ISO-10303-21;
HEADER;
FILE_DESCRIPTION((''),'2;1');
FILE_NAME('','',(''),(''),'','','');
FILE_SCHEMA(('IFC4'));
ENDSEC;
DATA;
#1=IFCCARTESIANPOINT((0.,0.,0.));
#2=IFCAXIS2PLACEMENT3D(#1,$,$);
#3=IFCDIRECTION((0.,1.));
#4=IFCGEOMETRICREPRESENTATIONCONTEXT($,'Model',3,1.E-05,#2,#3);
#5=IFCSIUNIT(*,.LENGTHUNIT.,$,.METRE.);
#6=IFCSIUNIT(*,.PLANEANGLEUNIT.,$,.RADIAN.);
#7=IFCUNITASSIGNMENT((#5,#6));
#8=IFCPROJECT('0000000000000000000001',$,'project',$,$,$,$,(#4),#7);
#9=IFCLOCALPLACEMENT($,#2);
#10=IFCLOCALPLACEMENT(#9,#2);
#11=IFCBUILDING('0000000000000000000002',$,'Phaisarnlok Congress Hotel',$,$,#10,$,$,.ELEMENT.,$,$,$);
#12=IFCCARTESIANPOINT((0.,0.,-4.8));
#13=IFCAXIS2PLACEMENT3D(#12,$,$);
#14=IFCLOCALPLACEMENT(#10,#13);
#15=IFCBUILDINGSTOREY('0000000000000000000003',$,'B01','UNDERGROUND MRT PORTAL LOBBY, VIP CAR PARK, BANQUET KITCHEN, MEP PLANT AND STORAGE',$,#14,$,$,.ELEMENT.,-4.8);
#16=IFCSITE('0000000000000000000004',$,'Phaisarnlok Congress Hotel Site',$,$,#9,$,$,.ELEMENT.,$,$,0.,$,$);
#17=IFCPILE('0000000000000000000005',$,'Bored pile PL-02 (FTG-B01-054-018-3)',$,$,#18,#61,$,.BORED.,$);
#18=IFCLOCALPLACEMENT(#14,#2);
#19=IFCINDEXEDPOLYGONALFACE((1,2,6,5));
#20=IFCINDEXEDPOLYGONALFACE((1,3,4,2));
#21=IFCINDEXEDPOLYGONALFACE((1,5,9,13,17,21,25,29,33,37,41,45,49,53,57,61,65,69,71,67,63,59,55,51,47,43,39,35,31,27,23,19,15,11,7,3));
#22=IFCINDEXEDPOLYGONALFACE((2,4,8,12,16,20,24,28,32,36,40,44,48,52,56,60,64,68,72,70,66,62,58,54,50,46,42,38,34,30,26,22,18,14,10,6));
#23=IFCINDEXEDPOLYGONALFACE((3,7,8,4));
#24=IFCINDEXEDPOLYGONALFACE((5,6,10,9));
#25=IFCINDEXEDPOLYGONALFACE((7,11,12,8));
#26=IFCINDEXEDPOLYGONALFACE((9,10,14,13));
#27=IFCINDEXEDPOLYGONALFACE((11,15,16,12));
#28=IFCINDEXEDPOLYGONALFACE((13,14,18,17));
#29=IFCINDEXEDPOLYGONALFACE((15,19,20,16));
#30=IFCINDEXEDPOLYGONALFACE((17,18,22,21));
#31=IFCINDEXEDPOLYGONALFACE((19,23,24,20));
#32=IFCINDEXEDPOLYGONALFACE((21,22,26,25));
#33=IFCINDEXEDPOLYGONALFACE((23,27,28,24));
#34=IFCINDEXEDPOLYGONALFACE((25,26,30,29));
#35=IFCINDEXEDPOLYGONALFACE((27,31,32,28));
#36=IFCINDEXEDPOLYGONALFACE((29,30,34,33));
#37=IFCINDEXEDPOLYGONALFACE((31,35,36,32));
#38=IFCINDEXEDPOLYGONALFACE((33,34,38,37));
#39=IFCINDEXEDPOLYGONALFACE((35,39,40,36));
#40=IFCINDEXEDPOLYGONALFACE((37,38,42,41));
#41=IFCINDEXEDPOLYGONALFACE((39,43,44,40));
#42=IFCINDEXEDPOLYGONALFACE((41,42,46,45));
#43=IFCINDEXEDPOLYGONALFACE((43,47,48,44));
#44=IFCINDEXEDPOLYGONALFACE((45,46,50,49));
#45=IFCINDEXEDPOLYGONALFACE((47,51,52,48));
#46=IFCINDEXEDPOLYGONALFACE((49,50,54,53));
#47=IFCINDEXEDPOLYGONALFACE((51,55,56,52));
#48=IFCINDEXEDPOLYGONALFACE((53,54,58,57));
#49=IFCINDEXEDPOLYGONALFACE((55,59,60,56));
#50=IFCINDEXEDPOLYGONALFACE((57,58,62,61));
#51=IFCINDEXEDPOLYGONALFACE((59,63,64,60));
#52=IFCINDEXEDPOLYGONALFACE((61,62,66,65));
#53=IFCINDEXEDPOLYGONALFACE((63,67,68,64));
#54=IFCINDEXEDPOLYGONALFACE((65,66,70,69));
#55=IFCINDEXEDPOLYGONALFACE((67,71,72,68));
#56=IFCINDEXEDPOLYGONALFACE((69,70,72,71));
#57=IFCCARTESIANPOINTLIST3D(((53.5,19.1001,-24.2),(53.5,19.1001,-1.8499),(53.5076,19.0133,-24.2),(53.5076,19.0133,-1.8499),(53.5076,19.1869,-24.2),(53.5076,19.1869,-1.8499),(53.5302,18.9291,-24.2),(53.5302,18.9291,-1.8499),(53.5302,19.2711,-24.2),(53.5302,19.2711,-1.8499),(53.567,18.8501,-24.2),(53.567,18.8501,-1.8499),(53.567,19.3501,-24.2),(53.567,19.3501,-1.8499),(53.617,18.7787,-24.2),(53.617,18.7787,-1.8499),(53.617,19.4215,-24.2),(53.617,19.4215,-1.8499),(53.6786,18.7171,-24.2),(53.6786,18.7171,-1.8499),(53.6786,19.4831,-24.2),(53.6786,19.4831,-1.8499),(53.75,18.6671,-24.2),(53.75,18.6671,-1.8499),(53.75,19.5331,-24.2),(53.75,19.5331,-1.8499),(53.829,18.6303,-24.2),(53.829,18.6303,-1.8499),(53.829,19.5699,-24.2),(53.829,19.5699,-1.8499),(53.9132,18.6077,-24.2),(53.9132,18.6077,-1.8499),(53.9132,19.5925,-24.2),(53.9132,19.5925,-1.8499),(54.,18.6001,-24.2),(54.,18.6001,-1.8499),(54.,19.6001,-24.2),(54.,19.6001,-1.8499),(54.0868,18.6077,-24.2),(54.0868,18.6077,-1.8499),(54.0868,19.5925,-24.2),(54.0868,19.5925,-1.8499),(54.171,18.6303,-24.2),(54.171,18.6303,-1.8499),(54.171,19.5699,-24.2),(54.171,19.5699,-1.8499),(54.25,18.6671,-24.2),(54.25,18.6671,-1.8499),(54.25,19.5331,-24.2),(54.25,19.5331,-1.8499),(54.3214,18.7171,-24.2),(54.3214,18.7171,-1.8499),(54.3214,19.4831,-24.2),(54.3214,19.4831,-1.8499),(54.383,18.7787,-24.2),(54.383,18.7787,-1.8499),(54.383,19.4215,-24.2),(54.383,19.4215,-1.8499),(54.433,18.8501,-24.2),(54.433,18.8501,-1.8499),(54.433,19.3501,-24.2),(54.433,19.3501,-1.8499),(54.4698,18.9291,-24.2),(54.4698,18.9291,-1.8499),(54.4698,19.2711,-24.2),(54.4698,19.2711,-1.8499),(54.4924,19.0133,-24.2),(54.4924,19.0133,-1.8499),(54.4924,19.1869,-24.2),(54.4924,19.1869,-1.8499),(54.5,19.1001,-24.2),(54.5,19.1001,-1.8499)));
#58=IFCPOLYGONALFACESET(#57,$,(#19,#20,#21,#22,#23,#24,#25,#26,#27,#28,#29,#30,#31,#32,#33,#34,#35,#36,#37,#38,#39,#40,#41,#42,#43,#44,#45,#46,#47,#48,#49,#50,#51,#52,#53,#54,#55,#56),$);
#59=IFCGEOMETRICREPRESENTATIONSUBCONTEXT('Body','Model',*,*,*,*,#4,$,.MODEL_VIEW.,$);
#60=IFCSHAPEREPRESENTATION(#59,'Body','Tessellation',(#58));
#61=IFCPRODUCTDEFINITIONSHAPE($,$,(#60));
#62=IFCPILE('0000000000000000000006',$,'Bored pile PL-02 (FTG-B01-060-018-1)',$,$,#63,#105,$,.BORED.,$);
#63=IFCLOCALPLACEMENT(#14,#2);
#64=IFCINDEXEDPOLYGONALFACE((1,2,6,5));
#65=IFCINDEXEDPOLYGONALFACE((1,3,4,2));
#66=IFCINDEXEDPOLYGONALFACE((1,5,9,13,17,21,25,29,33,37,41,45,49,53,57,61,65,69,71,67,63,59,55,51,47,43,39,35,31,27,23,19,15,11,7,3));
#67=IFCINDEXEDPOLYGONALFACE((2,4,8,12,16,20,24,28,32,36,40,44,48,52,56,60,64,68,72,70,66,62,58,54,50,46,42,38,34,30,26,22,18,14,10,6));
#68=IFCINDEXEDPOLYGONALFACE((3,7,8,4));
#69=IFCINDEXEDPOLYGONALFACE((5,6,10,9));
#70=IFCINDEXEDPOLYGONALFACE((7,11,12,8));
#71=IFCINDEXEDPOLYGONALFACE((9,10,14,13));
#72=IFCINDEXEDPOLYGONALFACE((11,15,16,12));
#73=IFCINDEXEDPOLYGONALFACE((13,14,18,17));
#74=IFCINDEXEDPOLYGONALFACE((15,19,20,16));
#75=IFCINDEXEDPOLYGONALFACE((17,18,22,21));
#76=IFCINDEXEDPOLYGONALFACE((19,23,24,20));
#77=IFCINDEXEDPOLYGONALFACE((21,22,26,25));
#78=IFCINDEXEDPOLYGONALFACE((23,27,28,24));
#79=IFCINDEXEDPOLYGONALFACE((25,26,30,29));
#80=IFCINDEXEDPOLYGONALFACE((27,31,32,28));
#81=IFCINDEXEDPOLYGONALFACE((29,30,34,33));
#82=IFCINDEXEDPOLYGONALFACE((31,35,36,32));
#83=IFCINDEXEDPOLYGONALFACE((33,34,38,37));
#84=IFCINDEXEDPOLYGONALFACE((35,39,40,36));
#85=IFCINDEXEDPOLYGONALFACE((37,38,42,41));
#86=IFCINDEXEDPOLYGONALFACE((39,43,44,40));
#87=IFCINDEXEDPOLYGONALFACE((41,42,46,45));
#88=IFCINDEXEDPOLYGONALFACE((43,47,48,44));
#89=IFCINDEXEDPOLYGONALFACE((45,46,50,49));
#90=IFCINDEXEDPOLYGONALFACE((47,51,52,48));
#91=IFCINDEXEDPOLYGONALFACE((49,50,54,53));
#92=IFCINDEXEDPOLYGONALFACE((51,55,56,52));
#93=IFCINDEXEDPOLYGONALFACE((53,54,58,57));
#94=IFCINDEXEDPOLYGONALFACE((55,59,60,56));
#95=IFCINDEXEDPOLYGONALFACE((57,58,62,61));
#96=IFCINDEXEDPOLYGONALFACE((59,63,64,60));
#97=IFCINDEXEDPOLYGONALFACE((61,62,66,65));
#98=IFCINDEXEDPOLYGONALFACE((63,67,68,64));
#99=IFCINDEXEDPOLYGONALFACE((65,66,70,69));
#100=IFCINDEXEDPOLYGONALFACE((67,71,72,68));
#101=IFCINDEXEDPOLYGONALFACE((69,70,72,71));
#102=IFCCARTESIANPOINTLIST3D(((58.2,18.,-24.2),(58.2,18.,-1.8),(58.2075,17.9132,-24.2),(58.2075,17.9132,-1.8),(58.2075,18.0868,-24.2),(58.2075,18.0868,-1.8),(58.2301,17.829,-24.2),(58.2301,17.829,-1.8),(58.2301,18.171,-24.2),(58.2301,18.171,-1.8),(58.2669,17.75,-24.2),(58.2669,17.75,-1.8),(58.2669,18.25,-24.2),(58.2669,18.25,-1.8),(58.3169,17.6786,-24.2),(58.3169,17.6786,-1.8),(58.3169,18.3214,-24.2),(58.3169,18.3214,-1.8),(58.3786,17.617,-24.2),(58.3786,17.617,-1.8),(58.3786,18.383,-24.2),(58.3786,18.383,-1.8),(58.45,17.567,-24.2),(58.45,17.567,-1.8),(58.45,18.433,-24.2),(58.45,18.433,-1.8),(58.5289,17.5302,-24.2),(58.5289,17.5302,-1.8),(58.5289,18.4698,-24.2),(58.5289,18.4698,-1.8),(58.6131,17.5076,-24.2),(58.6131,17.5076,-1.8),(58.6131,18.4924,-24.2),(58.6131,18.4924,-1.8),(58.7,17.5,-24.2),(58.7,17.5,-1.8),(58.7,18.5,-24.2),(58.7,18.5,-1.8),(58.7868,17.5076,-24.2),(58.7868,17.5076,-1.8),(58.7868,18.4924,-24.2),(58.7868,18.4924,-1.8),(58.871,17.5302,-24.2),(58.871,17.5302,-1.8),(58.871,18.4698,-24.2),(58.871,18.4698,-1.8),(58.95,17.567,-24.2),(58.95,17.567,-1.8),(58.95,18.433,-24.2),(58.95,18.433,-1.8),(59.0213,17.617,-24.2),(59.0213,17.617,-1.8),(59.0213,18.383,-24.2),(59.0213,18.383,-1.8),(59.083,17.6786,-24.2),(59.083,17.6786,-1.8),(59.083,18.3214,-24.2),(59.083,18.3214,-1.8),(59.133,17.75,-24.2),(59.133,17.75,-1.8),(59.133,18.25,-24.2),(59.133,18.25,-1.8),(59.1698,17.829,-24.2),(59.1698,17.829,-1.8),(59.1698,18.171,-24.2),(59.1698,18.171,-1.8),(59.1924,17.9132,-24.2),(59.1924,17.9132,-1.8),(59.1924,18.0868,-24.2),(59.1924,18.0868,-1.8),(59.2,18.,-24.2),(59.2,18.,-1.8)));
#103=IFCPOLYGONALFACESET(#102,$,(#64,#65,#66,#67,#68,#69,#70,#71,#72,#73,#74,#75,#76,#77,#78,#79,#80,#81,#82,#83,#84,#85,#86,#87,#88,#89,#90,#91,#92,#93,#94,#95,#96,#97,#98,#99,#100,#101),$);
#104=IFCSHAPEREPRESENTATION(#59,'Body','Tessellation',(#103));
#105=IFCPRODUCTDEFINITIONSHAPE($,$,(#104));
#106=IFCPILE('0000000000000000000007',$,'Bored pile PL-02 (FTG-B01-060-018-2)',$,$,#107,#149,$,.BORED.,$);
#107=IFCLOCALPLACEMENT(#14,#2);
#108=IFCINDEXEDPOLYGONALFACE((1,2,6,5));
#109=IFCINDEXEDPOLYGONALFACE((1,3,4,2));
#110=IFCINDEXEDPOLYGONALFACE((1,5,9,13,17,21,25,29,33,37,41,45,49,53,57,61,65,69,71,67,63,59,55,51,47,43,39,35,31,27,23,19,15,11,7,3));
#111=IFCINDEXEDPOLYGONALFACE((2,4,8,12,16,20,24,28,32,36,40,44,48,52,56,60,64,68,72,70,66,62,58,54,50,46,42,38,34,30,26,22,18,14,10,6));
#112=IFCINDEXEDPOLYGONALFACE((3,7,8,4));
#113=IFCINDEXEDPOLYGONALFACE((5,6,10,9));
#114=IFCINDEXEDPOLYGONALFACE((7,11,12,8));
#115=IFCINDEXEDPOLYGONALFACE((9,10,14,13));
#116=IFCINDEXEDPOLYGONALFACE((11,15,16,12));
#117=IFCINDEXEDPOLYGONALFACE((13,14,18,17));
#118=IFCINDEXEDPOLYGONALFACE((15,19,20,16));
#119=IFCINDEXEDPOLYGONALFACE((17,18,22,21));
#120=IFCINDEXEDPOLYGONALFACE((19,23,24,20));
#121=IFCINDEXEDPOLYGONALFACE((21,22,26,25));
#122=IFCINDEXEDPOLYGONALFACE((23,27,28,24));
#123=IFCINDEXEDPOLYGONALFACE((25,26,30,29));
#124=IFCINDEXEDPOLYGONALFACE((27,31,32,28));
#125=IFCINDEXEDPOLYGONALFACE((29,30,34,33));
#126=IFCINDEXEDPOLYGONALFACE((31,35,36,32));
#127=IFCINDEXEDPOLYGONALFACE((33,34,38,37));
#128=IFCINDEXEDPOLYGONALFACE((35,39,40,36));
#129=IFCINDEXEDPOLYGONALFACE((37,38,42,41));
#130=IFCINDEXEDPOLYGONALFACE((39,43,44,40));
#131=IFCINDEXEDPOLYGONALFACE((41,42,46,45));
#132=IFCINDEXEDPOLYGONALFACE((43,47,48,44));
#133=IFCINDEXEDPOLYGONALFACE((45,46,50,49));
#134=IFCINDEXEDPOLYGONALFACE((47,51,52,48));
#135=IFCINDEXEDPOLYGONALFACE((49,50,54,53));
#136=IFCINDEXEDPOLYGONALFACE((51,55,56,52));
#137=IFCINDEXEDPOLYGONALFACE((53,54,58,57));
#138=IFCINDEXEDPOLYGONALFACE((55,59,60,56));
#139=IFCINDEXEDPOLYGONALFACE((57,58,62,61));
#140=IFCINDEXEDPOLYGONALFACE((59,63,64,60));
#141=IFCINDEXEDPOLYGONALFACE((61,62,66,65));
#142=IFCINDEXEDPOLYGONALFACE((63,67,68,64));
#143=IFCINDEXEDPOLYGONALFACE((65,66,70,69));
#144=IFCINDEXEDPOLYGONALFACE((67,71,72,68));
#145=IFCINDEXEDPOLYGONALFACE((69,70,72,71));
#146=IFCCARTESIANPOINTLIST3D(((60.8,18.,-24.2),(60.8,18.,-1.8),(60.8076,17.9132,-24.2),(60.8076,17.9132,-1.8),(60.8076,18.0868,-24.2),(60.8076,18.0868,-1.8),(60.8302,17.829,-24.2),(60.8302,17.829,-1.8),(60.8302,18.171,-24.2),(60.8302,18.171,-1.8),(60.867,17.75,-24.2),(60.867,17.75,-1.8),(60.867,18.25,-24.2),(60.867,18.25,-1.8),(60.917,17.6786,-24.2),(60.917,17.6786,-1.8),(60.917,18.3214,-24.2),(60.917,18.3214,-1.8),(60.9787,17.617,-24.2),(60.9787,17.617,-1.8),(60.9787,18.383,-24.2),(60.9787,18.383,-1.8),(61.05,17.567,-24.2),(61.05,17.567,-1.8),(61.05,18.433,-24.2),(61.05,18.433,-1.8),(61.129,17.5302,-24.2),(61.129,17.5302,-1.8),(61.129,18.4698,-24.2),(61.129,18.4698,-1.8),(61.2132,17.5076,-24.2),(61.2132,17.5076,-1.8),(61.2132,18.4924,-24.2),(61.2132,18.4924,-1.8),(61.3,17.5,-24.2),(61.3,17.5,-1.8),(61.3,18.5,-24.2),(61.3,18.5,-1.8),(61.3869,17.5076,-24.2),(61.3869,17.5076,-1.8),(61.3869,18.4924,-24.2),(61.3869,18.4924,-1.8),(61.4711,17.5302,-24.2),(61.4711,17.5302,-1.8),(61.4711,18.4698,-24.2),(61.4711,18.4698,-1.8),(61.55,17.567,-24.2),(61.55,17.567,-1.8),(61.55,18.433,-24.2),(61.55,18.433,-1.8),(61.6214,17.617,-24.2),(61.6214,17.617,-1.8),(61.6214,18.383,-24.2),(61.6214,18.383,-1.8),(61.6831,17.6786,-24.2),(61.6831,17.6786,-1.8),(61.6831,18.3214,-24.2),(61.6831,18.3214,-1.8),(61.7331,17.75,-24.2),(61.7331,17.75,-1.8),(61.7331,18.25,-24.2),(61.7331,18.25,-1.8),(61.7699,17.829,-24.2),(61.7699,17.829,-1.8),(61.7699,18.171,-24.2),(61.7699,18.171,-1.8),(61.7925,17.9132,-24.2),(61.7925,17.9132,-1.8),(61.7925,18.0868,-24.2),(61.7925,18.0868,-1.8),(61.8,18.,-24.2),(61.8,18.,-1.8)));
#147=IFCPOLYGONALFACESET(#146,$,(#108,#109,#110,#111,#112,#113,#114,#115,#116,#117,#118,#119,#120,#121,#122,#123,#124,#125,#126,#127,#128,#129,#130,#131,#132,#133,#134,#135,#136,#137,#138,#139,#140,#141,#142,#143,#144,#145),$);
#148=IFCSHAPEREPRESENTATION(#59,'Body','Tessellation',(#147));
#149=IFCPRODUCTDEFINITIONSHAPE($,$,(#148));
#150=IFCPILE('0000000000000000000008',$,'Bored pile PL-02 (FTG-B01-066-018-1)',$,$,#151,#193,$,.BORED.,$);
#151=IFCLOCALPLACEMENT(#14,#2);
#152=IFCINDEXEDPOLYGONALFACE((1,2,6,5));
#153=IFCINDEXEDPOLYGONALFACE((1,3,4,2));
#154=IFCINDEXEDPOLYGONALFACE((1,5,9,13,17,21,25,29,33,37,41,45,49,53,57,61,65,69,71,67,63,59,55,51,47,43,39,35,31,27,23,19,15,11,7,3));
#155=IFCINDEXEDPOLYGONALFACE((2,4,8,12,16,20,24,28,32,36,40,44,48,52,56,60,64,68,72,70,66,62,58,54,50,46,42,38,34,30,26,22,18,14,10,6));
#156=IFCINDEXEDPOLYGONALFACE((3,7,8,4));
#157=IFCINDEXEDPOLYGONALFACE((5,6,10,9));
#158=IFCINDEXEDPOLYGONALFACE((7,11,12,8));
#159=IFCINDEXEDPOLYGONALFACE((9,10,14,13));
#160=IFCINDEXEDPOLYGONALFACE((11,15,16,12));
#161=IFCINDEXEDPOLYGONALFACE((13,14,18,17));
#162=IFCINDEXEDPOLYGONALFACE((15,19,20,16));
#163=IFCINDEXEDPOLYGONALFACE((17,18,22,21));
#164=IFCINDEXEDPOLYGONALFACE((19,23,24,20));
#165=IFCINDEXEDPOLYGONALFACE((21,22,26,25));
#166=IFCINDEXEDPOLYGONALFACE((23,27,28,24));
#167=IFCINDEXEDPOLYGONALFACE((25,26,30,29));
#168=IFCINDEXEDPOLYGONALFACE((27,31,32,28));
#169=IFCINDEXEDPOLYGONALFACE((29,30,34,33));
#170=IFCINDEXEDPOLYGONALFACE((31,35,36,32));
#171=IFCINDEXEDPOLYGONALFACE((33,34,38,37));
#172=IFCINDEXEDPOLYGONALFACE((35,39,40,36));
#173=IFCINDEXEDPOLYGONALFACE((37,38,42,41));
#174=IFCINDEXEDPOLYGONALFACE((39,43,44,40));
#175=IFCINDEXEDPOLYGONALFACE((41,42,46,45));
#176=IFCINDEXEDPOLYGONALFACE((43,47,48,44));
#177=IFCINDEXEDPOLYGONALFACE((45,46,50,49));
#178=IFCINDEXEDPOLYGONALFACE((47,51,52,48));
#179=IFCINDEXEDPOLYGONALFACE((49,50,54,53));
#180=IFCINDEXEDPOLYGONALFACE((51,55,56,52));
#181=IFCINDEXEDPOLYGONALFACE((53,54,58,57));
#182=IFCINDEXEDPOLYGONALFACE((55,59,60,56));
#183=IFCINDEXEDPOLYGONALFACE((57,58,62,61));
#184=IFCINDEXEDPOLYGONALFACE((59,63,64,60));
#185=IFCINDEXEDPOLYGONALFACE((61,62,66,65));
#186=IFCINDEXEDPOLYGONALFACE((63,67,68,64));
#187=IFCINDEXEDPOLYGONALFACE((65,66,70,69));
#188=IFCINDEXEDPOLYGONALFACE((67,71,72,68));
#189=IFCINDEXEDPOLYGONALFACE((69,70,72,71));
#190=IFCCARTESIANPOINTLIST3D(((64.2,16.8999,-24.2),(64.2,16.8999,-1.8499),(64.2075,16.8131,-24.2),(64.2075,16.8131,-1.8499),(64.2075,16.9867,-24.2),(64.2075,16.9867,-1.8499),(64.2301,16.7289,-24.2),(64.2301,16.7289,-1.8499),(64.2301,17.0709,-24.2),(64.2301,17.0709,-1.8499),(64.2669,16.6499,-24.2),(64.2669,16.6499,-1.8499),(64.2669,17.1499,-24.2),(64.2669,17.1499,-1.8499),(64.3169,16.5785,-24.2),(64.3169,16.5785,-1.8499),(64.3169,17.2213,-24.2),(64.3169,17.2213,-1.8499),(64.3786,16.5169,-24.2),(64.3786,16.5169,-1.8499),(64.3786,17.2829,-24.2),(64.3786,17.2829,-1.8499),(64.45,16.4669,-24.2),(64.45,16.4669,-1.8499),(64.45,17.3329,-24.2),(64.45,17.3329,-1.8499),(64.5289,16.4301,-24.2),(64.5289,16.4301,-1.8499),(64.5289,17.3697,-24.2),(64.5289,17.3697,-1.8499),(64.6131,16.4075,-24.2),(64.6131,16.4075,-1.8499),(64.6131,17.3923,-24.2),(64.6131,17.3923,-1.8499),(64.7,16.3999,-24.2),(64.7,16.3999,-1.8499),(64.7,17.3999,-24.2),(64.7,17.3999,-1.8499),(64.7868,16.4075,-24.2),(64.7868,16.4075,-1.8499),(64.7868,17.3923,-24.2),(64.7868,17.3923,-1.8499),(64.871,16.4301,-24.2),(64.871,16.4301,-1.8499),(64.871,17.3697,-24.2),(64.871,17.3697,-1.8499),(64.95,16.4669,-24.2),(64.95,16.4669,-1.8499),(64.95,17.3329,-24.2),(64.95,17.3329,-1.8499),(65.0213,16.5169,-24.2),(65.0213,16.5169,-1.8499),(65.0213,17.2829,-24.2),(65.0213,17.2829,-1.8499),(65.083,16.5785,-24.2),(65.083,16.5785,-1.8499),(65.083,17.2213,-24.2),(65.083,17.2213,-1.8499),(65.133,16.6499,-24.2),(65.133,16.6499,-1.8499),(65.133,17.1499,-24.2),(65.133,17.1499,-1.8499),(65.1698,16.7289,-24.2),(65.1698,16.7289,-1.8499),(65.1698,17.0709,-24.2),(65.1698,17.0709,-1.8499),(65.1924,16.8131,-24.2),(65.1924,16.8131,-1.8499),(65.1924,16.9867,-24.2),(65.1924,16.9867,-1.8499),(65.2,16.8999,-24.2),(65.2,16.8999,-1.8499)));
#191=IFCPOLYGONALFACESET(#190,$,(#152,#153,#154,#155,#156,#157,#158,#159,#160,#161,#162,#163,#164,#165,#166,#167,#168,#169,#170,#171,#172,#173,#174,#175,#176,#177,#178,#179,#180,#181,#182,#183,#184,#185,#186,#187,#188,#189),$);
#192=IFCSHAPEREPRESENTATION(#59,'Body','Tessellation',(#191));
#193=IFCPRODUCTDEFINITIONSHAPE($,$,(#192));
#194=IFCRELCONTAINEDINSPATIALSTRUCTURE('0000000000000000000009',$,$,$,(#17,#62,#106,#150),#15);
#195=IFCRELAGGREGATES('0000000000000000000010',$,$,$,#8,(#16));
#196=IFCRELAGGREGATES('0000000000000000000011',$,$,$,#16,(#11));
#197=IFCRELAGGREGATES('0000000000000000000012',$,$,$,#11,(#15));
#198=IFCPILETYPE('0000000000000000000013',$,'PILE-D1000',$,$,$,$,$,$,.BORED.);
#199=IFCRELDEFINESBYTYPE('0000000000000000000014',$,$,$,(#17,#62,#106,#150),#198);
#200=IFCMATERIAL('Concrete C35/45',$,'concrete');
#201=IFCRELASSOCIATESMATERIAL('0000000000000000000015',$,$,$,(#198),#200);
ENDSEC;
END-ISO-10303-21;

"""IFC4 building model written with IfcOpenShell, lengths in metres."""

from ifc_helpers import new_model, si_unit, direction, frame, origin, origin_2d, place, context, subcontext, project, spatial, circle, extrude, material, material_profile, profile_set, type_object, element, save


model = new_model("IFC4")

# Units and contexts
model_context = context("Model", 3, precision=1e-05, world=origin(), true_north=direction((0.0, 1.0)))
body_context = subcontext(model_context, "Body", "Model", "MODEL_VIEW")
ifc_project = project(units=[si_unit("LENGTHUNIT", "METRE"), si_unit("PLANEANGLEUNIT", "RADIAN")], contexts=[model_context])

# Site, building, storey
site_placement = place(None, origin())
site = spatial("IfcSite", under=ifc_project, at=site_placement, Name="Phaisarnlok Congress Hotel Site", CompositionType="ELEMENT", RefElevation=0.0)
building_placement = place(site_placement, origin())
building = spatial("IfcBuilding", under=site, at=building_placement, Name="Phaisarnlok Congress Hotel", CompositionType="ELEMENT")
storey_placement = place(building_placement, frame((0.0, 0.0, -4.8)))
storey = spatial("IfcBuildingStorey", under=building, at=storey_placement, Name="B01", Description="UNDERGROUND MRT PORTAL LOBBY, VIP CAR PARK, BANQUET KITCHEN, MEP PLANT AND STORAGE", CompositionType="ELEMENT", Elevation=-4.8)

# Piles
ifc_material_1 = material(Name="Concrete C35/45", Category="concrete")
ifc_material_profile_1 = material_profile(ifc_material_1, circle(Radius=0.5, at=origin_2d()), Name="BORED PILE D1000")
ifc_profile_set_1 = profile_set([ifc_material_profile_1], Name="Concrete C35/45")
pile_type_1 = type_object("IfcPileType", Name="PILE-D1000", PredefinedType="BORED", material=ifc_profile_set_1)
for number, where, z_axis, x_axis, name in (
    (1, (54.0, 19.1001, -1.8499), (0.0, 0.0, -1.0), (1.0, 0.0, 0.0), "Bored pile PL-02 (FTG-B01-054-018-3)"),
):
    element("IfcPile", number, at=place(storey_placement, frame(where, z_axis=z_axis, x_axis=x_axis)), inside=storey, type_object=pile_type_1, Name=name, PredefinedType="BORED", context=body_context, shape_type="SweptSolid", body=[
        extrude(circle(Radius=0.5, at=origin_2d()), origin(), (0.0, 0.0, 1.0), 22.3501),
    ])
for number, where, z_axis, x_axis, name in (
    (2, (58.7, 18.0, -1.8), (0.0, 0.0, -1.0), (1.0, 0.0, 0.0), "Bored pile PL-02 (FTG-B01-060-018-1)"),
    (3, (61.3, 18.0, -1.8), (0.0, 0.0, -1.0), (1.0, 0.0, 0.0), "Bored pile PL-02 (FTG-B01-060-018-2)"),
):
    element("IfcPile", number, at=place(storey_placement, frame(where, z_axis=z_axis, x_axis=x_axis)), inside=storey, type_object=pile_type_1, Name=name, PredefinedType="BORED", context=body_context, shape_type="SweptSolid", body=[
        extrude(circle(Radius=0.5, at=origin_2d()), origin(), (0.0, 0.0, 1.0), 22.3999),
    ])
for number, where, z_axis, x_axis, name in (
    (4, (64.7, 16.8999, -1.8499), (0.0, 0.0, -1.0), (1.0, 0.0, 0.0), "Bored pile PL-02 (FTG-B01-066-018-1)"),
):
    element("IfcPile", number, at=place(storey_placement, frame(where, z_axis=z_axis, x_axis=x_axis)), inside=storey, type_object=pile_type_1, Name=name, PredefinedType="BORED", context=body_context, shape_type="SweptSolid", body=[
        extrude(circle(Radius=0.5, at=origin_2d()), origin(), (0.0, 0.0, 1.0), 22.3501),
    ])

save(model, "model.ifc")
